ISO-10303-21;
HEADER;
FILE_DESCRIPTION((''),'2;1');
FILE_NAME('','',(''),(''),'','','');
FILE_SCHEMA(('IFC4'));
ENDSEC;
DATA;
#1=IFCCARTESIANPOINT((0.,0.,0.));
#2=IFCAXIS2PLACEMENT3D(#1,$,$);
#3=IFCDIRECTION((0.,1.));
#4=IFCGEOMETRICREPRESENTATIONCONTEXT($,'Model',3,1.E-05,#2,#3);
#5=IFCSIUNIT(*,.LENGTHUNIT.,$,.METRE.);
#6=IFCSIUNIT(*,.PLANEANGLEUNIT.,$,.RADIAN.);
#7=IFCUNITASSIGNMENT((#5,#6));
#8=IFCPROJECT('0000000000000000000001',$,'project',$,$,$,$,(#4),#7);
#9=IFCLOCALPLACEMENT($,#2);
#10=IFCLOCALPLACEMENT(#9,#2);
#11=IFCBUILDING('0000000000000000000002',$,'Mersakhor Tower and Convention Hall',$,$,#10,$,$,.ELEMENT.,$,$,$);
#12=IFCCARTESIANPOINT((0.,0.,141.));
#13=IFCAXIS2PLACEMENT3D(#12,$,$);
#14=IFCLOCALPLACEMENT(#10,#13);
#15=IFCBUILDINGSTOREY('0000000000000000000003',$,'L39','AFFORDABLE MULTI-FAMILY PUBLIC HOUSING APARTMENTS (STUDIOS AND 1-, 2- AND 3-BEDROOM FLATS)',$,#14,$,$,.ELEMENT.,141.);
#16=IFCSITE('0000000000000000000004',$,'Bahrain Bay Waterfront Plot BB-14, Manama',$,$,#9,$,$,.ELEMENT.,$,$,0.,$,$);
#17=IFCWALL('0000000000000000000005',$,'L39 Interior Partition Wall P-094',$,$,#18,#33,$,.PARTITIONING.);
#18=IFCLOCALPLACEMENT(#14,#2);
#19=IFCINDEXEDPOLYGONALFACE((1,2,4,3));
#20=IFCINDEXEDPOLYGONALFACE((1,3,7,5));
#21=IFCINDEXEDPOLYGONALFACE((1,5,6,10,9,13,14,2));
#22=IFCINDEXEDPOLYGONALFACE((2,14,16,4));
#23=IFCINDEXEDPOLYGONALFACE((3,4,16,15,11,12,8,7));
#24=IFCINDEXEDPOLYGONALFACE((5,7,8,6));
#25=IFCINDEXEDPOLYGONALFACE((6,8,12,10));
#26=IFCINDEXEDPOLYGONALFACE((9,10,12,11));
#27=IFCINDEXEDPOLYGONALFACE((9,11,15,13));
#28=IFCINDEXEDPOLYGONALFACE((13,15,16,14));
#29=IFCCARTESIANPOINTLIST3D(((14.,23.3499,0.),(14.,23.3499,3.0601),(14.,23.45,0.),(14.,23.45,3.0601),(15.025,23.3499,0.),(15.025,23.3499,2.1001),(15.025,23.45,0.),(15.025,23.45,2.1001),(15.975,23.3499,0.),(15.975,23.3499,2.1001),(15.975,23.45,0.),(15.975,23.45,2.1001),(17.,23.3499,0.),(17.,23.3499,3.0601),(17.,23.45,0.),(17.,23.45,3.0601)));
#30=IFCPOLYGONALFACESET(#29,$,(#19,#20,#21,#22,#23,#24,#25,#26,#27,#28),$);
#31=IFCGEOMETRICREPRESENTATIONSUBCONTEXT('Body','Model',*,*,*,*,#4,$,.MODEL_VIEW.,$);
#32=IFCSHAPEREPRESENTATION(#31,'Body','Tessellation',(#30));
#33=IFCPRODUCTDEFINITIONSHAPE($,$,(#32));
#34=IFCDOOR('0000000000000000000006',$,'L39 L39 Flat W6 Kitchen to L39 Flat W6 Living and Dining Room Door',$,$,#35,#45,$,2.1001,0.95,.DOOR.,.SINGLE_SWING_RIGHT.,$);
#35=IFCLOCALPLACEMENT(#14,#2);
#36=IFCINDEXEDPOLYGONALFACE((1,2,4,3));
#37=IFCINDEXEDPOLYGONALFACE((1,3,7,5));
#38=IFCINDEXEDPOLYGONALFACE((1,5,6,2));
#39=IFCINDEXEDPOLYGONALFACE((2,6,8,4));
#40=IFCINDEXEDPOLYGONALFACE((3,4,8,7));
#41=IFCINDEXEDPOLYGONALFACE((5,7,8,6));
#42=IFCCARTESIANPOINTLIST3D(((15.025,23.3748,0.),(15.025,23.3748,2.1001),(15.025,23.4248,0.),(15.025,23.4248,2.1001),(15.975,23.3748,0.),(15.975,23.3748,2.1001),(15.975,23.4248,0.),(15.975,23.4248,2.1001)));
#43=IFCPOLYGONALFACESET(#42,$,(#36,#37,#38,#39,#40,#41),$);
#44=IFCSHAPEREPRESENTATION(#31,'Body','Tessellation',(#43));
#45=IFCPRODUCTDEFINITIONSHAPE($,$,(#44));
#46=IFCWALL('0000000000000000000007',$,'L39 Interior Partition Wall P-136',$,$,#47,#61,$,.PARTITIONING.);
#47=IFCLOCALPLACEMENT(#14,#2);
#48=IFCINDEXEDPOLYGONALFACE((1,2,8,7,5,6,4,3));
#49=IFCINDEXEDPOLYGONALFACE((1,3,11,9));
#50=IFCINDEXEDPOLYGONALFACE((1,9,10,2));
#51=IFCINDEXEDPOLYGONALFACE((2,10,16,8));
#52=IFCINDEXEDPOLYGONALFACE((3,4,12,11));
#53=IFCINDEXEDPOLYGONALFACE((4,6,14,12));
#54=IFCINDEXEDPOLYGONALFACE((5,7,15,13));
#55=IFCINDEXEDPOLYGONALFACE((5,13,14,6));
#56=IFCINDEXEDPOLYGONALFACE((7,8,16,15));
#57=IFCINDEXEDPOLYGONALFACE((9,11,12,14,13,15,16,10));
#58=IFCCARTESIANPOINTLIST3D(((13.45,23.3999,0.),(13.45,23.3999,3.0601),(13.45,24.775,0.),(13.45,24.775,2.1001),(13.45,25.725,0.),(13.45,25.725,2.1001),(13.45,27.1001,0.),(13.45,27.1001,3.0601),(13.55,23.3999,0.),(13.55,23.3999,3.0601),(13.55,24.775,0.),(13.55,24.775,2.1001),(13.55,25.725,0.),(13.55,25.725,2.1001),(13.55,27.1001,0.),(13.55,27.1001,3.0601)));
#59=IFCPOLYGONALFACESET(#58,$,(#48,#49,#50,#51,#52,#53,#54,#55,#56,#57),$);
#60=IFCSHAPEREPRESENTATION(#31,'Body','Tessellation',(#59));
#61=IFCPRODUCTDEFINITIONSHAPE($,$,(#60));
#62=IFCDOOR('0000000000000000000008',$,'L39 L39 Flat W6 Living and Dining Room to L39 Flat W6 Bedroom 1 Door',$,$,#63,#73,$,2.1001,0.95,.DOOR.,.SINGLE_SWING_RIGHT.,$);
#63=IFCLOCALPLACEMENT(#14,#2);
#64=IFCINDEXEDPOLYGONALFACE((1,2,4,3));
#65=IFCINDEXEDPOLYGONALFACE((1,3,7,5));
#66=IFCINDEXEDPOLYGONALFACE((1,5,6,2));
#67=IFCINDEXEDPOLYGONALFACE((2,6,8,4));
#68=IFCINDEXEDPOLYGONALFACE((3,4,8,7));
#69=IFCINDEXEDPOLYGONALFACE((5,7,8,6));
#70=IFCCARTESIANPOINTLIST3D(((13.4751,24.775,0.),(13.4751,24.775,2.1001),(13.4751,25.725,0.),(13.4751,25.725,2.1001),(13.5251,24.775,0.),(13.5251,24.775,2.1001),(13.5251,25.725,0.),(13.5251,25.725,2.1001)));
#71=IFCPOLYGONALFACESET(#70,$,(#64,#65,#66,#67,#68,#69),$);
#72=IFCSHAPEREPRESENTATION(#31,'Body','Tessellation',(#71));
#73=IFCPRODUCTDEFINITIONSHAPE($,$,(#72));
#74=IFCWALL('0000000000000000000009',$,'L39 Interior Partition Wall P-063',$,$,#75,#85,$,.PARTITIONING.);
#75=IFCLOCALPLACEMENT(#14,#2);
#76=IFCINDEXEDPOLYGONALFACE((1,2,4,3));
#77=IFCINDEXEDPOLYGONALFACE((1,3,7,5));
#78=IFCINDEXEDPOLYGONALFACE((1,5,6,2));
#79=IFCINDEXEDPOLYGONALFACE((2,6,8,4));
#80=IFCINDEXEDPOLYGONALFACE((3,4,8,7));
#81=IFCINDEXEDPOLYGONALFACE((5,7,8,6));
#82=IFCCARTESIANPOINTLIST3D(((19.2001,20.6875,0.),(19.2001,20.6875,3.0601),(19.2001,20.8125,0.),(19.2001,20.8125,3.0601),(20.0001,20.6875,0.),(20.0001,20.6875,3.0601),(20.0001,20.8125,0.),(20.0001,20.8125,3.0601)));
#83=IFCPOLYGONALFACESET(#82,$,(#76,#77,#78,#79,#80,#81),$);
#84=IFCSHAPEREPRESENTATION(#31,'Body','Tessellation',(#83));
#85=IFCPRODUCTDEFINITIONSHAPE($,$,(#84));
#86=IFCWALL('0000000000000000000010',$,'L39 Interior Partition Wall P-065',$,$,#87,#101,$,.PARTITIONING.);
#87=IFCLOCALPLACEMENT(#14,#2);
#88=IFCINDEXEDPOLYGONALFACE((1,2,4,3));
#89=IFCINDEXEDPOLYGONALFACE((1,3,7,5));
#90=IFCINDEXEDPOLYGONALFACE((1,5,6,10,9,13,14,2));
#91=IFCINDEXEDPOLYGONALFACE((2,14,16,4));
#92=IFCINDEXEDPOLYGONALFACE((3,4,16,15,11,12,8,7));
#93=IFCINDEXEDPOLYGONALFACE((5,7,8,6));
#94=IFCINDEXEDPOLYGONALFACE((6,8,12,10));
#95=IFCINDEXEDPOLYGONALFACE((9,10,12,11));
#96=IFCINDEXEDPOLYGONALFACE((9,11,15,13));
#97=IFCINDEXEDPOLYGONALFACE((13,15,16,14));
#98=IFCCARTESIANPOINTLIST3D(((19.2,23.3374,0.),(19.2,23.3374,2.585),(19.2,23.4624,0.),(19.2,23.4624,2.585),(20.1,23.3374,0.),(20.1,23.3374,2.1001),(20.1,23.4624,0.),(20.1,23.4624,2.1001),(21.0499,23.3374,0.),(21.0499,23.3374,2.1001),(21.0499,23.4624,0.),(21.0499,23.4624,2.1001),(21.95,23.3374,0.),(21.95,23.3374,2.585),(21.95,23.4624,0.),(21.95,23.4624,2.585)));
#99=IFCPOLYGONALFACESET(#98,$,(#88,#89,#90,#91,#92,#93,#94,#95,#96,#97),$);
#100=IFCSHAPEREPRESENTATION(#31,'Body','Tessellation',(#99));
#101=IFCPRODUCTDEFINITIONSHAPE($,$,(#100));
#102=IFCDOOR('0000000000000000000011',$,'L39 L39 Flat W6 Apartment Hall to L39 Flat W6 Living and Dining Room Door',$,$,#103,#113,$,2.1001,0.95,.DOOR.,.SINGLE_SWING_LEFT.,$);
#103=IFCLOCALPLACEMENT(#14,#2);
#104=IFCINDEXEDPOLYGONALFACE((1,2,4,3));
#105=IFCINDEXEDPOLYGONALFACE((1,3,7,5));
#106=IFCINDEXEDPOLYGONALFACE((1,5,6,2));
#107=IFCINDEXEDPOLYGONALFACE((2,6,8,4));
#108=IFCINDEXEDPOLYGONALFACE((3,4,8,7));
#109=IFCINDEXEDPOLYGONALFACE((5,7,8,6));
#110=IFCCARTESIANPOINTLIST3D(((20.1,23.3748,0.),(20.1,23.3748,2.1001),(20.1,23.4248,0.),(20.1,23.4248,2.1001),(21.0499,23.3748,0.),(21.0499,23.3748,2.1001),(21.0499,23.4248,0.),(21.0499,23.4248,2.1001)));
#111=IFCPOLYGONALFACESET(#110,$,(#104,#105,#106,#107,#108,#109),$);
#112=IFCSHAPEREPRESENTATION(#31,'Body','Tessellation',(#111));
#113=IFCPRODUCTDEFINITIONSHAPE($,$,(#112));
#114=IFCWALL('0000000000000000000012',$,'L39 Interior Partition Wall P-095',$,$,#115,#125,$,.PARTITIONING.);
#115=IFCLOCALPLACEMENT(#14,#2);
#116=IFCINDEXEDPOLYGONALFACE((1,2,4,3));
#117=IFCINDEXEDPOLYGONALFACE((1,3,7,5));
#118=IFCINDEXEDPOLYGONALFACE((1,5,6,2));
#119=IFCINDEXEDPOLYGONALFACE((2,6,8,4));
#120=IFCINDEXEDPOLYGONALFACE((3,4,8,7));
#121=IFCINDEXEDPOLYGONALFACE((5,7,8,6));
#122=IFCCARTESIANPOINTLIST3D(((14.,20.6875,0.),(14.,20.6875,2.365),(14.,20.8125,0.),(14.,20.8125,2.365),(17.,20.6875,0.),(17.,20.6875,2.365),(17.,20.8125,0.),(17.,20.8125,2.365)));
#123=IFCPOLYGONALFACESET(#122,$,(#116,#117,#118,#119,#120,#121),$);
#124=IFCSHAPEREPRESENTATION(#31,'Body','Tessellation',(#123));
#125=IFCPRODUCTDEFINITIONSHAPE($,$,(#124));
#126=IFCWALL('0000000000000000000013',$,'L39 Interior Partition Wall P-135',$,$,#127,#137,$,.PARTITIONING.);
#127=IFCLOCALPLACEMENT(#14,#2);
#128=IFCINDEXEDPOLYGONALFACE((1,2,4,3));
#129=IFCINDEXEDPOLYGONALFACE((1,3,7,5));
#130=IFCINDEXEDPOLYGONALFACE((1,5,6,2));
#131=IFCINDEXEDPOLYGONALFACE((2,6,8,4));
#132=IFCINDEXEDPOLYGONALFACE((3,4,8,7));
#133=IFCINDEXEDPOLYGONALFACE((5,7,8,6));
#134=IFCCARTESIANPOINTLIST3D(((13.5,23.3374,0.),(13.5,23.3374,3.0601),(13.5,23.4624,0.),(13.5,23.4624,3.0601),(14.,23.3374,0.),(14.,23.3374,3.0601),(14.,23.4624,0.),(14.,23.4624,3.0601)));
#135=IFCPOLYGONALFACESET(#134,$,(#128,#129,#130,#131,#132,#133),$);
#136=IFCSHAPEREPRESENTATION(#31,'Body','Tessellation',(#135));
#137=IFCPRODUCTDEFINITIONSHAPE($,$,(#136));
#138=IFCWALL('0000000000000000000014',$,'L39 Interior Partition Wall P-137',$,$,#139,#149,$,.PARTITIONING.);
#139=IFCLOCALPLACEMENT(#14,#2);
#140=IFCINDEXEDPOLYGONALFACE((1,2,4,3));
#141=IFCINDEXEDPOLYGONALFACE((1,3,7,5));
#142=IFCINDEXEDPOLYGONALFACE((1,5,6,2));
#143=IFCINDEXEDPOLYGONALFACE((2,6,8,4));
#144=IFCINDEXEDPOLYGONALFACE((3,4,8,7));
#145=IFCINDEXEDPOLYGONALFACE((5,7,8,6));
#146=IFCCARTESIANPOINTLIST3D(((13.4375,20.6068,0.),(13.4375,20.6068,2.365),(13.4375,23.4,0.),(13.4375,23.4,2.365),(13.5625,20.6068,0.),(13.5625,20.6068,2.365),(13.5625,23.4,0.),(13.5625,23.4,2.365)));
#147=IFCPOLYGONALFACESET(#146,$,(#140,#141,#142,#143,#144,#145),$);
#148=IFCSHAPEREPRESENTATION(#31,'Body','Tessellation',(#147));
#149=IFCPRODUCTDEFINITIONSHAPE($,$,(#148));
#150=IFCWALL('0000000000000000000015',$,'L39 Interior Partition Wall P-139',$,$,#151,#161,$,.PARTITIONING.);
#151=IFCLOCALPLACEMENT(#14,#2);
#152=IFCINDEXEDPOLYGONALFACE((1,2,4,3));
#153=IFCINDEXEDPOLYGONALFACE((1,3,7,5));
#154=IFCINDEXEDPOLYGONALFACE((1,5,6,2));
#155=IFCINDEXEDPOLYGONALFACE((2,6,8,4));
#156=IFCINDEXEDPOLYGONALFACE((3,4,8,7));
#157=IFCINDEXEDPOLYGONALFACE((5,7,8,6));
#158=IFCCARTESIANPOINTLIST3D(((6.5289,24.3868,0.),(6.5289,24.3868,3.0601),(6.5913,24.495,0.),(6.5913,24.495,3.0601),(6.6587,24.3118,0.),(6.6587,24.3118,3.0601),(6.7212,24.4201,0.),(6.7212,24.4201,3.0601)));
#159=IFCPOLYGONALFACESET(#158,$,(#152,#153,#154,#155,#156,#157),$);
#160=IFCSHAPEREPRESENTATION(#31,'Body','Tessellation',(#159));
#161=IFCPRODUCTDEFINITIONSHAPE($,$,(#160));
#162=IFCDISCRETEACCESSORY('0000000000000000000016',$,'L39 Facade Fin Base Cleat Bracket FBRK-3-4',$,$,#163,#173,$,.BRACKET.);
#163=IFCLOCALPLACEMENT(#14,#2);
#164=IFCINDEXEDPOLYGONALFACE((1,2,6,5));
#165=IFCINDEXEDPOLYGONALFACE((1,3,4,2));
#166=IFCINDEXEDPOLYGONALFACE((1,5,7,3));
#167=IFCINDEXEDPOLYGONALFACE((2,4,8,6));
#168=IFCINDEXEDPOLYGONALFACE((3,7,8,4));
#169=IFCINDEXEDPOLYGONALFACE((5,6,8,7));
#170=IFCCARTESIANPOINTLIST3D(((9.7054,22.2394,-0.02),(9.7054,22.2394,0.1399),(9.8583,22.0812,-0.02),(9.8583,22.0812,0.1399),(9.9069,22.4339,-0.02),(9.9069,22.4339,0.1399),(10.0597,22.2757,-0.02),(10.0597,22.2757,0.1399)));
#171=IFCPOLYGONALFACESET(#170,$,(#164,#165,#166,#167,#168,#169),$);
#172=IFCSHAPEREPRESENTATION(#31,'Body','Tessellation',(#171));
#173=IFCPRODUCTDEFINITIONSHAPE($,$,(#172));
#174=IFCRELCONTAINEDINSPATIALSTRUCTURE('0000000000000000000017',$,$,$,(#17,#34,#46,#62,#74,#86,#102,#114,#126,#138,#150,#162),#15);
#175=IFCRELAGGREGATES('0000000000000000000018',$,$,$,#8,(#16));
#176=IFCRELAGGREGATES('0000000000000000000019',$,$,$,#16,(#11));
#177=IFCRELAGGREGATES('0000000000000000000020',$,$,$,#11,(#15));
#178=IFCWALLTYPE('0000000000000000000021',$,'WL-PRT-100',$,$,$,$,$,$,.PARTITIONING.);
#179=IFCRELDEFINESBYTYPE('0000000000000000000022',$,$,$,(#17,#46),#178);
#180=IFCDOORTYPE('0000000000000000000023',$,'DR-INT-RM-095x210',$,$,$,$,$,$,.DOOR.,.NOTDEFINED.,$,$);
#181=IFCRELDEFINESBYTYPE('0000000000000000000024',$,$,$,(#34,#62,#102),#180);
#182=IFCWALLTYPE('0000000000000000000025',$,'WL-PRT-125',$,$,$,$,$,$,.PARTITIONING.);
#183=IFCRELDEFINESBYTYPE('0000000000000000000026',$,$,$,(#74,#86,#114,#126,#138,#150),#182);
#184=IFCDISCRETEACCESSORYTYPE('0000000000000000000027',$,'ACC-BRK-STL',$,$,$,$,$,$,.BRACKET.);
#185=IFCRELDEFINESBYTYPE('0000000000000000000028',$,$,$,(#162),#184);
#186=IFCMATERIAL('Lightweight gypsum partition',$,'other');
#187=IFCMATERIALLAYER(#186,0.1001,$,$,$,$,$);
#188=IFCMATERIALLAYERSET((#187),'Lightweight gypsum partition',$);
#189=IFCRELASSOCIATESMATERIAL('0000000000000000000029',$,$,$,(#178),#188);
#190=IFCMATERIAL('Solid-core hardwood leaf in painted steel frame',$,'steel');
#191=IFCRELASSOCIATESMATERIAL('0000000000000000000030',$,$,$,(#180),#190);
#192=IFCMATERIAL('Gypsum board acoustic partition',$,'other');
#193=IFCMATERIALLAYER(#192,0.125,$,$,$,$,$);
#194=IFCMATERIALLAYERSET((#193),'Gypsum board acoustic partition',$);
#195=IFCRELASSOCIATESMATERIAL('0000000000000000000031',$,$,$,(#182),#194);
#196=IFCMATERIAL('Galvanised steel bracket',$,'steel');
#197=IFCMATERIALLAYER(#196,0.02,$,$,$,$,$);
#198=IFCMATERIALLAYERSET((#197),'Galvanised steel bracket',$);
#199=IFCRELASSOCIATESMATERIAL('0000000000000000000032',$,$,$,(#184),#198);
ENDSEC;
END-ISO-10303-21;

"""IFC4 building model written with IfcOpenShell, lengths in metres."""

from ifc_helpers import new_model, si_unit, direction, frame, frame_2d, origin, origin_2d, place, context, subcontext, project, spatial, rectangle, extrude, material, layer, layer_set, type_object, element, fill, save


model = new_model("IFC4")

# Units and contexts
model_context = context("Model", 3, precision=1e-05, world=origin(), true_north=direction((0.0, 1.0)))
body_context = subcontext(model_context, "Body", "Model", "MODEL_VIEW")
ifc_project = project(units=[si_unit("LENGTHUNIT", "METRE"), si_unit("PLANEANGLEUNIT", "RADIAN")], contexts=[model_context])

# Site, building, storey
site_placement = place(None, origin())
site = spatial("IfcSite", under=ifc_project, at=site_placement, Name="Bahrain Bay Waterfront Plot BB-14, Manama", CompositionType="ELEMENT", RefElevation=0.0)
building_placement = place(site_placement, origin())
building = spatial("IfcBuilding", under=site, at=building_placement, Name="Mersakhor Tower and Convention Hall", CompositionType="ELEMENT")
storey_placement = place(building_placement, frame((0.0, 0.0, 141.0)))
storey = spatial("IfcBuildingStorey", under=building, at=storey_placement, Name="L39", Description="AFFORDABLE MULTI-FAMILY PUBLIC HOUSING APARTMENTS (STUDIOS AND 1-, 2- AND 3-BEDROOM FLATS)", CompositionType="ELEMENT", Elevation=141.0)

# Walls, openings, doors
ifc_material_1 = material(Name="Lightweight gypsum partition", Category="other")
ifc_layer_1 = layer(ifc_material_1, 0.1001)
ifc_layer_set_1 = layer_set([ifc_layer_1], Name="Lightweight gypsum partition")
wall_type_1 = type_object("IfcWallType", Name="WL-PRT-100", PredefinedType="PARTITIONING", material=ifc_layer_set_1)
wall_1_placement = place(storey_placement, frame((14.0, 23.3999, 0.0), z_axis=(0.0, 0.0, 1.0), x_axis=(1.0, 0.0, 0.0)))
wall_1 = element("IfcWall", 1, at=wall_1_placement, inside=storey, type_object=wall_type_1, Name="L39 Interior Partition Wall P-094", PredefinedType="PARTITIONING", context=body_context, shape_type="SweptSolid", body=[
    extrude(rectangle(XDim=3.0, YDim=0.1001, at=frame_2d((1.5, 0.0))), origin(), (0.0, 0.0, 1.0), 3.0601),
])
opening_1_placement = place(wall_1_placement, frame((1.0249, 0.0, 0.0)))
opening_1 = element("IfcOpeningElement", 2, at=opening_1_placement, cuts=wall_1, PredefinedType="OPENING", context=body_context, shape_type="SweptSolid", body=[
    extrude(rectangle(XDim=0.95, YDim=2.1001, at=frame_2d((0.4751, 1.05))), frame((0.0, 0.0601, 0.0), z_axis=(0.0, -1.0, 0.0), x_axis=(1.0, 0.0, 0.0)), (0.0, 0.0, 1.0), 0.1201),
])
ifc_material_2 = material(Name="Solid-core hardwood leaf in painted steel frame", Category="steel")
door_type_1 = type_object("IfcDoorType", Name="DR-INT-RM-095x210", OperationType="NOTDEFINED", PredefinedType="DOOR", material=ifc_material_2)
door_1_placement = place(opening_1_placement, origin())
door_1 = element("IfcDoor", 3, at=door_1_placement, inside=storey, type_object=door_type_1, Name="L39 L39 Flat W6 Kitchen to L39 Flat W6 Living and Dining Room Door", OperationType="SINGLE_SWING_RIGHT", OverallHeight=2.1001, OverallWidth=0.95, PredefinedType="DOOR", context=body_context, shape_type="SweptSolid", body=[
    extrude(rectangle(XDim=0.95, YDim=2.1001, at=frame_2d((0.4751, 1.05))), frame((0.0, 0.0249, 0.0), z_axis=(0.0, -1.0, 0.0), x_axis=(1.0, 0.0, 0.0)), (0.0, 0.0, 1.0), 0.05),
])
fill(opening_1, door_1)
wall_2_placement = place(storey_placement, frame((13.5, 23.3999, 0.0), z_axis=(0.0, 0.0, 1.0), x_axis=(0.0, 1.0, 0.0)))
wall_2 = element("IfcWall", 4, at=wall_2_placement, inside=storey, type_object=wall_type_1, Name="L39 Interior Partition Wall P-136", PredefinedType="PARTITIONING", context=body_context, shape_type="SweptSolid", body=[
    extrude(rectangle(XDim=3.7002, YDim=0.1001, at=frame_2d((1.8501, 0.0))), origin(), (0.0, 0.0, 1.0), 3.0601),
])
opening_2_placement = place(wall_2_placement, frame((1.375, 0.0, 0.0)))
opening_2 = element("IfcOpeningElement", 5, at=opening_2_placement, cuts=wall_2, PredefinedType="OPENING", context=body_context, shape_type="SweptSolid", body=[
    extrude(rectangle(XDim=0.95, YDim=2.1001, at=frame_2d((0.4751, 1.05))), frame((0.0, 0.0601, 0.0), z_axis=(0.0, -1.0, 0.0), x_axis=(1.0, 0.0, 0.0)), (0.0, 0.0, 1.0), 0.1201),
])
door_2_placement = place(opening_2_placement, origin())
door_2 = element("IfcDoor", 6, at=door_2_placement, inside=storey, type_object=door_type_1, Name="L39 L39 Flat W6 Living and Dining Room to L39 Flat W6 Bedroom 1 Door", OperationType="SINGLE_SWING_RIGHT", OverallHeight=2.1001, OverallWidth=0.95, PredefinedType="DOOR", context=body_context, shape_type="SweptSolid", body=[
    extrude(rectangle(XDim=0.95, YDim=2.1001, at=frame_2d((0.4751, 1.05))), frame((0.0, 0.0249, 0.0), z_axis=(0.0, -1.0, 0.0), x_axis=(1.0, 0.0, 0.0)), (0.0, 0.0, 1.0), 0.05),
])
fill(opening_2, door_2)

# Wall
ifc_material_3 = material(Name="Gypsum board acoustic partition", Category="other")
ifc_layer_2 = layer(ifc_material_3, 0.125)
ifc_layer_set_2 = layer_set([ifc_layer_2], Name="Gypsum board acoustic partition")
wall_type_2 = type_object("IfcWallType", Name="WL-PRT-125", PredefinedType="PARTITIONING", material=ifc_layer_set_2)
wall_3_placement = place(storey_placement, frame((20.0, 20.75, 0.0), z_axis=(0.0, 0.0, 1.0), x_axis=(-1.0, 0.0, 0.0)))
element("IfcWall", 7, at=wall_3_placement, inside=storey, type_object=wall_type_2, Name="L39 Interior Partition Wall P-063", PredefinedType="PARTITIONING", context=body_context, shape_type="SweptSolid", body=[
    extrude(rectangle(XDim=0.8, YDim=0.125, at=frame_2d((0.3999, 0.0))), origin(), (0.0, 0.0, 1.0), 3.0601),
])

# Wall, opening, door
wall_4_placement = place(storey_placement, frame((19.2, 23.3999, 0.0), z_axis=(0.0, 0.0, 1.0), x_axis=(1.0, 0.0, 0.0)))
wall_4 = element("IfcWall", 8, at=wall_4_placement, inside=storey, type_object=wall_type_2, Name="L39 Interior Partition Wall P-065", PredefinedType="PARTITIONING", context=body_context, shape_type="SweptSolid", body=[
    extrude(rectangle(XDim=2.75, YDim=0.125, at=frame_2d((1.375, 0.0))), origin(), (0.0, 0.0, 1.0), 2.585),
])
opening_3_placement = place(wall_4_placement, frame((0.8999, 0.0, 0.0)))
opening_3 = element("IfcOpeningElement", 9, at=opening_3_placement, cuts=wall_4, PredefinedType="OPENING", context=body_context, shape_type="SweptSolid", body=[
    extrude(rectangle(XDim=0.95, YDim=2.1001, at=frame_2d((0.4751, 1.05))), frame((0.0, 0.0725, 0.0), z_axis=(0.0, -1.0, 0.0), x_axis=(1.0, 0.0, 0.0)), (0.0, 0.0, 1.0), 0.145),
])
door_3_placement = place(opening_3_placement, origin())
door_3 = element("IfcDoor", 10, at=door_3_placement, inside=storey, type_object=door_type_1, Name="L39 L39 Flat W6 Apartment Hall to L39 Flat W6 Living and Dining Room Door", OperationType="SINGLE_SWING_LEFT", OverallHeight=2.1001, OverallWidth=0.95, PredefinedType="DOOR", context=body_context, shape_type="SweptSolid", body=[
    extrude(rectangle(XDim=0.95, YDim=2.1001, at=frame_2d((0.4751, 1.05))), frame((0.0, 0.0249, 0.0), z_axis=(0.0, -1.0, 0.0), x_axis=(1.0, 0.0, 0.0)), (0.0, 0.0, 1.0), 0.05),
])
fill(opening_3, door_3)

# Walls
wall_5_placement = place(storey_placement, frame((17.0, 20.75, 0.0), z_axis=(0.0, 0.0, 1.0), x_axis=(-1.0, 0.0, 0.0)))
element("IfcWall", 11, at=wall_5_placement, inside=storey, type_object=wall_type_2, Name="L39 Interior Partition Wall P-095", PredefinedType="PARTITIONING", context=body_context, shape_type="SweptSolid", body=[
    extrude(rectangle(XDim=3.0, YDim=0.125, at=frame_2d((1.5, 0.0))), origin(), (0.0, 0.0, 1.0), 2.365),
])
wall_6_placement = place(storey_placement, frame((14.0, 23.3999, 0.0), z_axis=(0.0, 0.0, 1.0), x_axis=(-1.0, 0.0, 0.0)))
element("IfcWall", 12, at=wall_6_placement, inside=storey, type_object=wall_type_2, Name="L39 Interior Partition Wall P-135", PredefinedType="PARTITIONING", context=body_context, shape_type="SweptSolid", body=[
    extrude(rectangle(XDim=0.5, YDim=0.125, at=frame_2d((0.25, 0.0))), origin(), (0.0, 0.0, 1.0), 3.0601),
])
wall_7_placement = place(storey_placement, frame((13.5, 23.3999, 0.0), z_axis=(0.0, 0.0, 1.0), x_axis=(0.0, -1.0, 0.0)))
element("IfcWall", 13, at=wall_7_placement, inside=storey, type_object=wall_type_2, Name="L39 Interior Partition Wall P-137", PredefinedType="PARTITIONING", context=body_context, shape_type="SweptSolid", body=[
    extrude(rectangle(XDim=2.7932, YDim=0.125, at=frame_2d((1.3965, 0.0))), origin(), (0.0, 0.0, 1.0), 2.365),
])
wall_8_placement = place(storey_placement, frame((6.6899, 24.366, 0.0), z_axis=(0.0, 0.0, 1.0), x_axis=(-0.866131, 0.499816, 0.0)))
element("IfcWall", 14, at=wall_8_placement, inside=storey, type_object=wall_type_2, Name="L39 Interior Partition Wall P-139", PredefinedType="PARTITIONING", context=body_context, shape_type="SweptSolid", body=[
    extrude(rectangle(XDim=0.1499, YDim=0.125, at=frame_2d((0.075, 0.0))), origin(), (0.0, 0.0, 1.0), 3.0601),
])

# Discrete accessory
ifc_material_4 = material(Name="Galvanised steel bracket", Category="steel")
ifc_layer_3 = layer(ifc_material_4, 0.02)
ifc_layer_set_3 = layer_set([ifc_layer_3], Name="Galvanised steel bracket")
discrete_accessory_type = type_object("IfcDiscreteAccessoryType", Name="ACC-BRK-STL", PredefinedType="BRACKET", material=ifc_layer_set_3)
discrete_accessory_placement = place(storey_placement, frame((9.8826, 22.2576, -0.02), z_axis=(0.0, 0.0, 1.0), x_axis=(-0.71934, -0.694658, 0.0)))
element("IfcDiscreteAccessory", 15, at=discrete_accessory_placement, inside=storey, type_object=discrete_accessory_type, Name="L39 Facade Fin Base Cleat Bracket FBRK-3-4", PredefinedType="BRACKET", context=body_context, shape_type="SweptSolid", body=[
    extrude(rectangle(XDim=0.28, YDim=0.22, at=origin_2d()), origin(), (0.0, 0.0, 1.0), 0.1599),
])

save(model, "model.ifc")
